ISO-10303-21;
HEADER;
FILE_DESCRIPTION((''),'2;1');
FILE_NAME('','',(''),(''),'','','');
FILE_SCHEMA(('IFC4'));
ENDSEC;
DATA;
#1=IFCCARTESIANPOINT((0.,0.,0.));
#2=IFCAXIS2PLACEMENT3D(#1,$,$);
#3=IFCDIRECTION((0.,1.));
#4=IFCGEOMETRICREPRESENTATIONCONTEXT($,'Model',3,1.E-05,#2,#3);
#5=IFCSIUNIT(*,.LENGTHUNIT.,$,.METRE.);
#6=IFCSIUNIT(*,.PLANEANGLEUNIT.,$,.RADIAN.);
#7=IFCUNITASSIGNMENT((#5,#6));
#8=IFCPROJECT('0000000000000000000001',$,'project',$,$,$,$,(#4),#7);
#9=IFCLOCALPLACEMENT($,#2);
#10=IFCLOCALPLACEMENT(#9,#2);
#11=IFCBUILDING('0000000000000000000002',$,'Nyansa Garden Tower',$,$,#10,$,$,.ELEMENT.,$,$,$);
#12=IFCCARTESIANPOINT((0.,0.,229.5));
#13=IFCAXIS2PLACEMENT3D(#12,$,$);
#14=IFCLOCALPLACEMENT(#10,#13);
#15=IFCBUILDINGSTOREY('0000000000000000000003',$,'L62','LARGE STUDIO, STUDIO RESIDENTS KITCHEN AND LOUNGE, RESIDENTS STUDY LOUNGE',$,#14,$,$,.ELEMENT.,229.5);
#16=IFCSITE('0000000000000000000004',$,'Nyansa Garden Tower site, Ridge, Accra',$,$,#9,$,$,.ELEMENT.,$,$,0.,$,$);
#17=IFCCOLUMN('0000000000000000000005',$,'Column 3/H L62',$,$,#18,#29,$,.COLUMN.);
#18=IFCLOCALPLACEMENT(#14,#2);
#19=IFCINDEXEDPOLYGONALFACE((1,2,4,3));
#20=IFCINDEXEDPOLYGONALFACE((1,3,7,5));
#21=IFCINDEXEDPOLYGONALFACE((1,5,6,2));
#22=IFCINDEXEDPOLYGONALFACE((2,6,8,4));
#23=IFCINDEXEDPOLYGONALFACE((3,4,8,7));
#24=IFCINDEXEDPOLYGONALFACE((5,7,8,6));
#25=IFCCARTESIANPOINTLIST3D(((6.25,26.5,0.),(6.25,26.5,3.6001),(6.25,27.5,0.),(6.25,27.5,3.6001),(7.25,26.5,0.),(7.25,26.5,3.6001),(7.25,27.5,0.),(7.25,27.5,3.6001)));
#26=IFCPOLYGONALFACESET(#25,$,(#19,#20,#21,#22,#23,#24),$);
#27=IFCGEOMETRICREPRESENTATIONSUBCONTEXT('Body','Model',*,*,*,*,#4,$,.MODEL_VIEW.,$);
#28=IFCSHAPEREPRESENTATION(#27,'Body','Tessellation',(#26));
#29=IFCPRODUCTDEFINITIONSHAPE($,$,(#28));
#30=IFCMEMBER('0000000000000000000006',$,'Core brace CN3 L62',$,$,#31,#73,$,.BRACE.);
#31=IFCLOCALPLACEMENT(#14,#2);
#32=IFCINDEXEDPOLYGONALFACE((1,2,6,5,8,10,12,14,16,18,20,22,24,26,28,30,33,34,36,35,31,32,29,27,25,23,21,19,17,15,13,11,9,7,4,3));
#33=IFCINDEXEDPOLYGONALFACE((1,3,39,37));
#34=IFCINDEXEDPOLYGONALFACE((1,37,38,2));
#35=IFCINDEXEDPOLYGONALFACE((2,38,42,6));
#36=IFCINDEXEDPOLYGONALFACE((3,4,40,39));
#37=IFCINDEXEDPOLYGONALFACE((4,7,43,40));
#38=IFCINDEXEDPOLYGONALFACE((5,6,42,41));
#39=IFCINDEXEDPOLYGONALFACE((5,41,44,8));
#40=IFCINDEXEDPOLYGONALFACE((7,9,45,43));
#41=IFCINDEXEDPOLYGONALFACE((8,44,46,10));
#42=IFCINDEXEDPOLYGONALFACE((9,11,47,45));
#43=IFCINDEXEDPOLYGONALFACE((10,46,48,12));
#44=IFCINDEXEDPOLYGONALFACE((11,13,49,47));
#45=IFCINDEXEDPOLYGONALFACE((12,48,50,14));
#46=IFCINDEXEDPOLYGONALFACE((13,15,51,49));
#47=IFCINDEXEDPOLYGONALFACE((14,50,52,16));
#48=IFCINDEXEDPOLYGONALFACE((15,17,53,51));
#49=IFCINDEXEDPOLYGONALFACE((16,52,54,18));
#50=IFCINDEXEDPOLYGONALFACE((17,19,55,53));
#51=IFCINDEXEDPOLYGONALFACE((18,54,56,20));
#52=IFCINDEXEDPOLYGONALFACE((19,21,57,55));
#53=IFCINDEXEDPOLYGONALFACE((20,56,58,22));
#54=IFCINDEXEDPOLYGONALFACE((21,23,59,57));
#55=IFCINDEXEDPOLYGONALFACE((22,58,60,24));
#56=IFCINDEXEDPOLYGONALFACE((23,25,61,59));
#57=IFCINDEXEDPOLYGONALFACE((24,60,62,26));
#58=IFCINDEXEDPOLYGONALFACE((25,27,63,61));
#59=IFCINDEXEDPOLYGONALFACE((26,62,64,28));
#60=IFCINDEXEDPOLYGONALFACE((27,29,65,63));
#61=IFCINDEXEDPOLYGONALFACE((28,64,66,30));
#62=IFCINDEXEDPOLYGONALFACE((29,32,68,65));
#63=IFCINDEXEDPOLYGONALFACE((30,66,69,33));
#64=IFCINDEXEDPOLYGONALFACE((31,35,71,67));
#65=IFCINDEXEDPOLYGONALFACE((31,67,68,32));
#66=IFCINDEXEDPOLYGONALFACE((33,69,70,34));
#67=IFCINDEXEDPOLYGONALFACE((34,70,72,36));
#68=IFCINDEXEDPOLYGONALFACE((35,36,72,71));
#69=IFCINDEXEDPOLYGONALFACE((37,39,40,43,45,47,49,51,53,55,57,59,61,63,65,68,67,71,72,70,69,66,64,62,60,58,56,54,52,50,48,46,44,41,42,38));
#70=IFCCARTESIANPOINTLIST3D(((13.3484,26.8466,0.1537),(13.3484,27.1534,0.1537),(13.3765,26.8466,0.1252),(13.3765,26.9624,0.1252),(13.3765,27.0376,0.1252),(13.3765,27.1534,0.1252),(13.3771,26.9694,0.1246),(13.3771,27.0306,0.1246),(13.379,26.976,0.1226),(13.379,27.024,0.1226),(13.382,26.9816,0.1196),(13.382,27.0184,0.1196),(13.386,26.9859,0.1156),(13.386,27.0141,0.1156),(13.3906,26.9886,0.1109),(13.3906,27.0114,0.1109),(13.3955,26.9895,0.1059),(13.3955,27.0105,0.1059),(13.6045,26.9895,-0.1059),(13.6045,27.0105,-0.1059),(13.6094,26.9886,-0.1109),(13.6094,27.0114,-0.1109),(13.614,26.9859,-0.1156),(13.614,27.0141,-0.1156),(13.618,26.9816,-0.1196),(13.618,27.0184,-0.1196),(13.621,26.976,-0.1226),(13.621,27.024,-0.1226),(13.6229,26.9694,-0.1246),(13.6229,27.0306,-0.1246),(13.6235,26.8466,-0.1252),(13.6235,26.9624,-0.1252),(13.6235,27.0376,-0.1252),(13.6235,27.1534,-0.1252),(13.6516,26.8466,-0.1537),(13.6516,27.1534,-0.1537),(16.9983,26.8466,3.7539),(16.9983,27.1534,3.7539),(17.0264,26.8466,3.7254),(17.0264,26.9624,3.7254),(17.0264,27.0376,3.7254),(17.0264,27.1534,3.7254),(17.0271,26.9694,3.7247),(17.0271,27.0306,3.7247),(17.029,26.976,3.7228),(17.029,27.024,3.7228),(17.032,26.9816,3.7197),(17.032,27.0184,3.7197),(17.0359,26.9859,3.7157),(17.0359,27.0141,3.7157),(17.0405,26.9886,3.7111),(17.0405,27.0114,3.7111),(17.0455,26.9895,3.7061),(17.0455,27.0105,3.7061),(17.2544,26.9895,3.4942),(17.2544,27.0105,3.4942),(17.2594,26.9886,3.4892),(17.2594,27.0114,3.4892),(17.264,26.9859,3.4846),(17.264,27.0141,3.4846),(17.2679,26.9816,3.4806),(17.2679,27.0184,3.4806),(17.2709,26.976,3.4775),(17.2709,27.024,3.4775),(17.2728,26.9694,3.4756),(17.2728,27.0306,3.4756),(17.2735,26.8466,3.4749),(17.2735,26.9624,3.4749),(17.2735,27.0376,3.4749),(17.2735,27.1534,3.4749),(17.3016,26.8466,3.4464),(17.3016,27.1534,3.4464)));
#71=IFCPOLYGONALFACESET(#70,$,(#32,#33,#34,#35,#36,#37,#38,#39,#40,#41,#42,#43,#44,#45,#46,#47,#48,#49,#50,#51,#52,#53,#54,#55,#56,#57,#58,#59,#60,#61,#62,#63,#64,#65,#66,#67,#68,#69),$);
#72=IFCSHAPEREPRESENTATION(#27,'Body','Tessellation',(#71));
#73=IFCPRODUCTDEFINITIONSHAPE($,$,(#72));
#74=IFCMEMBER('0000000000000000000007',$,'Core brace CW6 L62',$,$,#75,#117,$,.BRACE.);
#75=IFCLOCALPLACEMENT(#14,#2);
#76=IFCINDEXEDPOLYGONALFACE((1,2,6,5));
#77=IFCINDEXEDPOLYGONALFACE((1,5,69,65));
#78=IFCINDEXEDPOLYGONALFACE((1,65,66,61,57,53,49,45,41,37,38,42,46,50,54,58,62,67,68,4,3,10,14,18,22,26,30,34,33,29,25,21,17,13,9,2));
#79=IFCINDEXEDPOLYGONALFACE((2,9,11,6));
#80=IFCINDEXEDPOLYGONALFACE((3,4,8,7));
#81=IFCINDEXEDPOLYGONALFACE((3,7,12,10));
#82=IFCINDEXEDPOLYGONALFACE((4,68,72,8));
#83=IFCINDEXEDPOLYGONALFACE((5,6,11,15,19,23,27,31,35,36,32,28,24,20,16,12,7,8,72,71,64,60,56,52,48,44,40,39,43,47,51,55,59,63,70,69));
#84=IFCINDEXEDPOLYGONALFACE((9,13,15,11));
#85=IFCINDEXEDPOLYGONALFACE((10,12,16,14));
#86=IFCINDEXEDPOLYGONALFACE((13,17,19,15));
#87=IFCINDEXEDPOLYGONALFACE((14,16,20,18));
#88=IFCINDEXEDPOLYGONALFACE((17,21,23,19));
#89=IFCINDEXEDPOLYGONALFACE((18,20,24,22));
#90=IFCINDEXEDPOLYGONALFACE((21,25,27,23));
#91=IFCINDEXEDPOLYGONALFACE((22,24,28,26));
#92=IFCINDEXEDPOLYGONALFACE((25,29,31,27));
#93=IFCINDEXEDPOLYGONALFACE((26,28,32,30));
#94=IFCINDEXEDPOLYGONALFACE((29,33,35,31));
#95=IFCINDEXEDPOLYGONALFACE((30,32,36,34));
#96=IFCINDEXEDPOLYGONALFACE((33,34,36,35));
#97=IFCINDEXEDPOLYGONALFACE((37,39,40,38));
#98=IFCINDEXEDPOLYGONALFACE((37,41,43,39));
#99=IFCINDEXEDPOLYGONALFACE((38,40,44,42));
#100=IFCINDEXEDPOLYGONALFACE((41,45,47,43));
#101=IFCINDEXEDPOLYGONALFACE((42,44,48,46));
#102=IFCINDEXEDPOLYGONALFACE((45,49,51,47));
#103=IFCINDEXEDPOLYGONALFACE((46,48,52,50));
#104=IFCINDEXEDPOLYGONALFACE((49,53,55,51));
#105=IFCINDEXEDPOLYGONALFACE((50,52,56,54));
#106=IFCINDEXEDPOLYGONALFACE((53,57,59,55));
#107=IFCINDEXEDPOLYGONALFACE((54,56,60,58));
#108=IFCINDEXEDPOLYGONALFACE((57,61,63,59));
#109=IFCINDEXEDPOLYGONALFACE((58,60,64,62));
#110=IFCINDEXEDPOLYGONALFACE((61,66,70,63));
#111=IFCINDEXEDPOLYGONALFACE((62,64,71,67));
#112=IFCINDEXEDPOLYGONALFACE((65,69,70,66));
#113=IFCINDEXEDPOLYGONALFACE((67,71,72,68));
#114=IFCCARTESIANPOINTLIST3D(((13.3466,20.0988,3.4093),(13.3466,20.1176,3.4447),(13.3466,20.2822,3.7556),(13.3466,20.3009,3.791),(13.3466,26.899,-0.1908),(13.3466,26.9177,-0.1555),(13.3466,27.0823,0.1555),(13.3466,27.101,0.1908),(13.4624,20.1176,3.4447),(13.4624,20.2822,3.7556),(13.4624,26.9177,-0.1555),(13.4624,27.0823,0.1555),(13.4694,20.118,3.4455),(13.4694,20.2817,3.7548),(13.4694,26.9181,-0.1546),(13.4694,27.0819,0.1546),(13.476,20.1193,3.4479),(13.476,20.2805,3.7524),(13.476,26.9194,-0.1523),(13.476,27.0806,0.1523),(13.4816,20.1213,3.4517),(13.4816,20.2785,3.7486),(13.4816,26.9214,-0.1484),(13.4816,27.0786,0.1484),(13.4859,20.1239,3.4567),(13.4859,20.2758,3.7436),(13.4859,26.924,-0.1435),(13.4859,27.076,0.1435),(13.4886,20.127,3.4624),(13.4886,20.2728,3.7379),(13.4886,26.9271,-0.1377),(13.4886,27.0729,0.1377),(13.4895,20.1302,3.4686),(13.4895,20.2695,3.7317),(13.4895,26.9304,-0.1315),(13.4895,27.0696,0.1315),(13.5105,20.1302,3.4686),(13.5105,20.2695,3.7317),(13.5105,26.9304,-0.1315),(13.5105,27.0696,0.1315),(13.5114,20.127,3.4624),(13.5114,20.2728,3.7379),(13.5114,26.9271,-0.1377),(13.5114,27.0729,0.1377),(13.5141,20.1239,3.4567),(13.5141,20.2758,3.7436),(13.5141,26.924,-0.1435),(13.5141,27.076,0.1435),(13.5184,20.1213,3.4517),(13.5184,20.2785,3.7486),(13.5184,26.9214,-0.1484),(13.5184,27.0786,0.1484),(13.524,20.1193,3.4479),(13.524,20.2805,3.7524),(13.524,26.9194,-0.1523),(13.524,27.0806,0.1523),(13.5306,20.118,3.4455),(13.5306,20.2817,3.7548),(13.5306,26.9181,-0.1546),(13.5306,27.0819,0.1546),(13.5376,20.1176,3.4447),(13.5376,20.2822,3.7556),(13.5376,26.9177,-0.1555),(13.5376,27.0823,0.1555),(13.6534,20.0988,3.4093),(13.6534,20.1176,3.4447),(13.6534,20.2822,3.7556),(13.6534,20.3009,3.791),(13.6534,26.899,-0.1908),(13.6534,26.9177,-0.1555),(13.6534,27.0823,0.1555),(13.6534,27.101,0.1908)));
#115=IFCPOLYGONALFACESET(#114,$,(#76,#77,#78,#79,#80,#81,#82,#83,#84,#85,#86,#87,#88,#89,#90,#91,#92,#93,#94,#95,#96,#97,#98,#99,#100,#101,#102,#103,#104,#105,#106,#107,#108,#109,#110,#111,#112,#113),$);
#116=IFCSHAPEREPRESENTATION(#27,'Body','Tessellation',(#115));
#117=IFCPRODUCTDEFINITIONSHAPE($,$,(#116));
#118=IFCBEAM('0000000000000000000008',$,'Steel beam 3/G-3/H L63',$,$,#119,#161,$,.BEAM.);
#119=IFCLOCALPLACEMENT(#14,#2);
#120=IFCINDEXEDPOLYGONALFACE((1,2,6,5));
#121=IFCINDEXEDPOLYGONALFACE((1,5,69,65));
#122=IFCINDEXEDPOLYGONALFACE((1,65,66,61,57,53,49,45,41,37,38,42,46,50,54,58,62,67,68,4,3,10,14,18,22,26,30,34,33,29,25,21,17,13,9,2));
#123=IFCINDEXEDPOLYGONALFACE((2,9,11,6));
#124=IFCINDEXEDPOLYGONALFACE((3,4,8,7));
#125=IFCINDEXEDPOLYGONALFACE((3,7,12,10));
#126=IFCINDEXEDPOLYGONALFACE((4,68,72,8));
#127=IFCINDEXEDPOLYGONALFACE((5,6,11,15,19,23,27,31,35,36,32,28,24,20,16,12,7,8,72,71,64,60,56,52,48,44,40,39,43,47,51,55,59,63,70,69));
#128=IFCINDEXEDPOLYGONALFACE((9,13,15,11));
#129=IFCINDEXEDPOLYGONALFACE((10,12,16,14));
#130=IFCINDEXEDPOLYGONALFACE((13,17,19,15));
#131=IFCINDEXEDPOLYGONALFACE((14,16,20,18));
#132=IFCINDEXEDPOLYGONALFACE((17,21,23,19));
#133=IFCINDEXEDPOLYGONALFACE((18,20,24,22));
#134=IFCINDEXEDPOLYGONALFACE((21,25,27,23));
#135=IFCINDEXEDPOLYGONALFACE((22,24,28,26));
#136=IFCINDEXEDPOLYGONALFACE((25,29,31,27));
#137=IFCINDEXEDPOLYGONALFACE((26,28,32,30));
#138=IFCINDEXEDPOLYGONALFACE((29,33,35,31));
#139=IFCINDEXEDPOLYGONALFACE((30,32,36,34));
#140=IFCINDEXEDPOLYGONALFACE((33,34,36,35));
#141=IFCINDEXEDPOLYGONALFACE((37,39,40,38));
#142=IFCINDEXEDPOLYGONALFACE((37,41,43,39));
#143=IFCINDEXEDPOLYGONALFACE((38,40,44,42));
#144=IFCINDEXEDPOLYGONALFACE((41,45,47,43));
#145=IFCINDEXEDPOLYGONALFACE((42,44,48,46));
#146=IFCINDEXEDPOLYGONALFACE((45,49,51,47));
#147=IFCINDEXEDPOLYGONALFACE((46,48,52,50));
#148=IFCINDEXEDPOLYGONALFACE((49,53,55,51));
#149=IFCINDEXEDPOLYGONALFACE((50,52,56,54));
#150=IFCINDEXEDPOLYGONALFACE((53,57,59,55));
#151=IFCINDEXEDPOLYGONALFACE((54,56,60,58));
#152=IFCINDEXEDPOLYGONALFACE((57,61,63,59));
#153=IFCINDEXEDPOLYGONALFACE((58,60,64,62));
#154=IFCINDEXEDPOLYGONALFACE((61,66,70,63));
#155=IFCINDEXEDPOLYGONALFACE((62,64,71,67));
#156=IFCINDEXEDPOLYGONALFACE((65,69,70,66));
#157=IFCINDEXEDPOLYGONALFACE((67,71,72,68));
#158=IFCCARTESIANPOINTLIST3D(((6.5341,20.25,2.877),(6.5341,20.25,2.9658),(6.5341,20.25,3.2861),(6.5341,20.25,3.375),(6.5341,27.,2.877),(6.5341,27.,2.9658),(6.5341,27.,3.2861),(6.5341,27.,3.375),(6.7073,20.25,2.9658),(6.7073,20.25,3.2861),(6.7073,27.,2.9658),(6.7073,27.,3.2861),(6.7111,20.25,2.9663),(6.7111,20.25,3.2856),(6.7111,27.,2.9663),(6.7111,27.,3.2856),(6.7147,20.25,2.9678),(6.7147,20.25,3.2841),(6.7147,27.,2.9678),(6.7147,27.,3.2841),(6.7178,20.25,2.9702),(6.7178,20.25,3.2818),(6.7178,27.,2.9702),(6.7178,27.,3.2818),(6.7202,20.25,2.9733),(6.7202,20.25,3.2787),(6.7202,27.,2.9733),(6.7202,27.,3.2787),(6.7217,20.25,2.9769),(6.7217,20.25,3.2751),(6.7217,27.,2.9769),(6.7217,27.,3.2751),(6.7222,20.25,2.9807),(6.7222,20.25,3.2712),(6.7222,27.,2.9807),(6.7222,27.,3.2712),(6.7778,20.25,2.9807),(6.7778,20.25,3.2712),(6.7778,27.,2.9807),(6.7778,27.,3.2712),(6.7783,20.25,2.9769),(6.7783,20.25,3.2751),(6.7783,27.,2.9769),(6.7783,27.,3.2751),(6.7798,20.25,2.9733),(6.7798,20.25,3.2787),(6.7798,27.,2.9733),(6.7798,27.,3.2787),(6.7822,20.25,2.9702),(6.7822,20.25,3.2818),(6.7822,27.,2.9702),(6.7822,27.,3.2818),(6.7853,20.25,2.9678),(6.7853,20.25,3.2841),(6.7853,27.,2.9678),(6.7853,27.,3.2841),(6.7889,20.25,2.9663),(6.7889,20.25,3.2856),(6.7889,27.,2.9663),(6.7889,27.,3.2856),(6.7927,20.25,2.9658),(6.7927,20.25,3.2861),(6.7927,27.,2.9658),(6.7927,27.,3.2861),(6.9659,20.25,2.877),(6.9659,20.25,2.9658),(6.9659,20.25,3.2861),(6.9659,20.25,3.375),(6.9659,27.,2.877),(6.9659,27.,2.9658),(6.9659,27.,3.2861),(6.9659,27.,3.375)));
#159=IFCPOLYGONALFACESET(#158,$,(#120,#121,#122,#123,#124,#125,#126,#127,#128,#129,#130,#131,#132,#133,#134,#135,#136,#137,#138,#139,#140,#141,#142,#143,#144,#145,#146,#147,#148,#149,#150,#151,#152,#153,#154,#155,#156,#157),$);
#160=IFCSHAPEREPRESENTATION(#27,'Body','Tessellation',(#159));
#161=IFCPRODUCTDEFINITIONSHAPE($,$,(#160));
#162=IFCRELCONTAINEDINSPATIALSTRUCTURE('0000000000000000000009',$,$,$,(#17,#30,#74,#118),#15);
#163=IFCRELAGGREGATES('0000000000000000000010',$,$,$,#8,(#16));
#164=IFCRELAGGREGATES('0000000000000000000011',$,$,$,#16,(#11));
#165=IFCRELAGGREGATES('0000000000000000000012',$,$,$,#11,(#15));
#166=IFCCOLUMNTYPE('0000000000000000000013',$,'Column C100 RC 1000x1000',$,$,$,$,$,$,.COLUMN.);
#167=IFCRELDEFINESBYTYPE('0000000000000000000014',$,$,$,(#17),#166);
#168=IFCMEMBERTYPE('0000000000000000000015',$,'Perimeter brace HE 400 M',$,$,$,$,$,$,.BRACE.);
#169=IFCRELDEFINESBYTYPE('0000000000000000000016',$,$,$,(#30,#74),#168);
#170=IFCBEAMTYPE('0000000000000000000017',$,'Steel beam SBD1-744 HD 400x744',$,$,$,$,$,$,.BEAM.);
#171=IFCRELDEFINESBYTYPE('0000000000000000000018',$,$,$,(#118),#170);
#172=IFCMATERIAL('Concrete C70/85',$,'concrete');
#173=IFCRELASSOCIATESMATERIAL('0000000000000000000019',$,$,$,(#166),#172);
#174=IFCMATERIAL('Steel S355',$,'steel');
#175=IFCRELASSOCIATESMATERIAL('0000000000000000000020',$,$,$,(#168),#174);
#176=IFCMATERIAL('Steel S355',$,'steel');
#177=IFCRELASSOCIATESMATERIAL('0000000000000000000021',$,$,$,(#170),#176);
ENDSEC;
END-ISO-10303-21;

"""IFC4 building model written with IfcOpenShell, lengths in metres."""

from ifc_helpers import new_model, si_unit, direction, frame, origin, origin_2d, place, context, subcontext, project, spatial, rectangle, i_section, extrude, material, material_profile, profile_set, type_object, element, save


model = new_model("IFC4")

# Units and contexts
model_context = context("Model", 3, precision=1e-05, world=origin(), true_north=direction((0.0, 1.0)))
body_context = subcontext(model_context, "Body", "Model", "MODEL_VIEW")
ifc_project = project(units=[si_unit("LENGTHUNIT", "METRE"), si_unit("PLANEANGLEUNIT", "RADIAN")], contexts=[model_context])

# Site, building, storey
site_placement = place(None, origin())
site = spatial("IfcSite", under=ifc_project, at=site_placement, Name="Nyansa Garden Tower site, Ridge, Accra", CompositionType="ELEMENT", RefElevation=0.0)
building_placement = place(site_placement, origin())
building = spatial("IfcBuilding", under=site, at=building_placement, Name="Nyansa Garden Tower", CompositionType="ELEMENT")
storey_placement = place(building_placement, frame((0.0, 0.0, 229.5)))
storey = spatial("IfcBuildingStorey", under=building, at=storey_placement, Name="L62", Description="LARGE STUDIO, STUDIO RESIDENTS KITCHEN AND LOUNGE, RESIDENTS STUDY LOUNGE", CompositionType="ELEMENT", Elevation=229.5)

# Column
ifc_material_1 = material(Name="Concrete C70/85", Category="concrete")
ifc_material_profile_1 = material_profile(ifc_material_1, rectangle(XDim=1.0, YDim=1.0, at=origin_2d()), Name="RC 1000x1000")
ifc_profile_set_1 = profile_set([ifc_material_profile_1], Name="Concrete C70/85")
column_type = type_object("IfcColumnType", Name="Column C100 RC 1000x1000", PredefinedType="COLUMN", material=ifc_profile_set_1)
column_placement = place(storey_placement, frame((6.75, 27.0, 0.0), z_axis=(0.0, 0.0, 1.0), x_axis=(1.0, 0.0, 0.0)))
element("IfcColumn", 1, at=column_placement, inside=storey, type_object=column_type, Name="Column 3/H L62", PredefinedType="COLUMN", context=body_context, shape_type="SweptSolid", body=[
    extrude(rectangle(XDim=1.0, YDim=1.0, at=origin_2d()), origin(), (0.0, 0.0, 1.0), 3.6001),
])

# Members
ifc_material_2 = material(Name="Steel S355", Category="steel")
ifc_material_profile_2 = material_profile(ifc_material_2, i_section(OverallWidth=0.3069, OverallDepth=0.4319, WebThickness=0.021, FlangeThickness=0.04, FilletRadius=0.0271, at=origin_2d()), Name="HE 400 M")
ifc_profile_set_2 = profile_set([ifc_material_profile_2], Name="Steel S355")
member_type = type_object("IfcMemberType", Name="Perimeter brace HE 400 M", PredefinedType="BRACE", material=ifc_profile_set_2)
member_1_placement = place(storey_placement, frame((13.5, 27.0, 0.0), z_axis=(0.711948, 0.0, 0.702233), x_axis=(0.0, 1.0, 0.0)))
element("IfcMember", 2, at=member_1_placement, inside=storey, type_object=member_type, Name="Core brace CN3 L62", PredefinedType="BRACE", context=body_context, shape_type="SweptSolid", body=[
    extrude(i_section(OverallWidth=0.3069, OverallDepth=0.4319, WebThickness=0.021, FlangeThickness=0.04, FilletRadius=0.0271, at=origin_2d()), origin(), (0.0, 0.0, 1.0), 5.1267),
])
member_2_placement = place(storey_placement, frame((13.5, 27.0, 0.0), z_axis=(0.0, -0.883784, 0.467895), x_axis=(1.0, 0.0, 0.0)))
element("IfcMember", 3, at=member_2_placement, inside=storey, type_object=member_type, Name="Core brace CW6 L62", PredefinedType="BRACE", context=body_context, shape_type="SweptSolid", body=[
    extrude(i_section(OverallWidth=0.3069, OverallDepth=0.4319, WebThickness=0.021, FlangeThickness=0.04, FilletRadius=0.0271, at=origin_2d()), origin(), (0.0, 0.0, 1.0), 7.6943),
])

# Beam
ifc_material_3 = material(Name="Steel S355", Category="steel")
ifc_material_profile_3 = material_profile(ifc_material_3, i_section(OverallWidth=0.4319, OverallDepth=0.498, WebThickness=0.0557, FlangeThickness=0.0889, FilletRadius=0.0149, at=origin_2d()), Name="HD 400x744")
ifc_profile_set_3 = profile_set([ifc_material_profile_3], Name="Steel S355")
beam_type_1 = type_object("IfcBeamType", Name="Steel beam SBD1-744 HD 400x744", PredefinedType="BEAM", material=ifc_profile_set_3)
beam_1_placement = place(storey_placement, frame((6.75, 20.25, 3.126), z_axis=(0.0, 1.0, 0.0), x_axis=(-1.0, 0.0, 0.0)))
element("IfcBeam", 4, at=beam_1_placement, inside=storey, type_object=beam_type_1, Name="Steel beam 3/G-3/H L63", PredefinedType="BEAM", context=body_context, shape_type="SweptSolid", body=[
    extrude(i_section(OverallWidth=0.4319, OverallDepth=0.498, WebThickness=0.0557, FlangeThickness=0.0889, FilletRadius=0.0149, at=origin_2d()), origin(), (0.0, 0.0, 1.0), 6.75),
])

save(model, "model.ifc")
